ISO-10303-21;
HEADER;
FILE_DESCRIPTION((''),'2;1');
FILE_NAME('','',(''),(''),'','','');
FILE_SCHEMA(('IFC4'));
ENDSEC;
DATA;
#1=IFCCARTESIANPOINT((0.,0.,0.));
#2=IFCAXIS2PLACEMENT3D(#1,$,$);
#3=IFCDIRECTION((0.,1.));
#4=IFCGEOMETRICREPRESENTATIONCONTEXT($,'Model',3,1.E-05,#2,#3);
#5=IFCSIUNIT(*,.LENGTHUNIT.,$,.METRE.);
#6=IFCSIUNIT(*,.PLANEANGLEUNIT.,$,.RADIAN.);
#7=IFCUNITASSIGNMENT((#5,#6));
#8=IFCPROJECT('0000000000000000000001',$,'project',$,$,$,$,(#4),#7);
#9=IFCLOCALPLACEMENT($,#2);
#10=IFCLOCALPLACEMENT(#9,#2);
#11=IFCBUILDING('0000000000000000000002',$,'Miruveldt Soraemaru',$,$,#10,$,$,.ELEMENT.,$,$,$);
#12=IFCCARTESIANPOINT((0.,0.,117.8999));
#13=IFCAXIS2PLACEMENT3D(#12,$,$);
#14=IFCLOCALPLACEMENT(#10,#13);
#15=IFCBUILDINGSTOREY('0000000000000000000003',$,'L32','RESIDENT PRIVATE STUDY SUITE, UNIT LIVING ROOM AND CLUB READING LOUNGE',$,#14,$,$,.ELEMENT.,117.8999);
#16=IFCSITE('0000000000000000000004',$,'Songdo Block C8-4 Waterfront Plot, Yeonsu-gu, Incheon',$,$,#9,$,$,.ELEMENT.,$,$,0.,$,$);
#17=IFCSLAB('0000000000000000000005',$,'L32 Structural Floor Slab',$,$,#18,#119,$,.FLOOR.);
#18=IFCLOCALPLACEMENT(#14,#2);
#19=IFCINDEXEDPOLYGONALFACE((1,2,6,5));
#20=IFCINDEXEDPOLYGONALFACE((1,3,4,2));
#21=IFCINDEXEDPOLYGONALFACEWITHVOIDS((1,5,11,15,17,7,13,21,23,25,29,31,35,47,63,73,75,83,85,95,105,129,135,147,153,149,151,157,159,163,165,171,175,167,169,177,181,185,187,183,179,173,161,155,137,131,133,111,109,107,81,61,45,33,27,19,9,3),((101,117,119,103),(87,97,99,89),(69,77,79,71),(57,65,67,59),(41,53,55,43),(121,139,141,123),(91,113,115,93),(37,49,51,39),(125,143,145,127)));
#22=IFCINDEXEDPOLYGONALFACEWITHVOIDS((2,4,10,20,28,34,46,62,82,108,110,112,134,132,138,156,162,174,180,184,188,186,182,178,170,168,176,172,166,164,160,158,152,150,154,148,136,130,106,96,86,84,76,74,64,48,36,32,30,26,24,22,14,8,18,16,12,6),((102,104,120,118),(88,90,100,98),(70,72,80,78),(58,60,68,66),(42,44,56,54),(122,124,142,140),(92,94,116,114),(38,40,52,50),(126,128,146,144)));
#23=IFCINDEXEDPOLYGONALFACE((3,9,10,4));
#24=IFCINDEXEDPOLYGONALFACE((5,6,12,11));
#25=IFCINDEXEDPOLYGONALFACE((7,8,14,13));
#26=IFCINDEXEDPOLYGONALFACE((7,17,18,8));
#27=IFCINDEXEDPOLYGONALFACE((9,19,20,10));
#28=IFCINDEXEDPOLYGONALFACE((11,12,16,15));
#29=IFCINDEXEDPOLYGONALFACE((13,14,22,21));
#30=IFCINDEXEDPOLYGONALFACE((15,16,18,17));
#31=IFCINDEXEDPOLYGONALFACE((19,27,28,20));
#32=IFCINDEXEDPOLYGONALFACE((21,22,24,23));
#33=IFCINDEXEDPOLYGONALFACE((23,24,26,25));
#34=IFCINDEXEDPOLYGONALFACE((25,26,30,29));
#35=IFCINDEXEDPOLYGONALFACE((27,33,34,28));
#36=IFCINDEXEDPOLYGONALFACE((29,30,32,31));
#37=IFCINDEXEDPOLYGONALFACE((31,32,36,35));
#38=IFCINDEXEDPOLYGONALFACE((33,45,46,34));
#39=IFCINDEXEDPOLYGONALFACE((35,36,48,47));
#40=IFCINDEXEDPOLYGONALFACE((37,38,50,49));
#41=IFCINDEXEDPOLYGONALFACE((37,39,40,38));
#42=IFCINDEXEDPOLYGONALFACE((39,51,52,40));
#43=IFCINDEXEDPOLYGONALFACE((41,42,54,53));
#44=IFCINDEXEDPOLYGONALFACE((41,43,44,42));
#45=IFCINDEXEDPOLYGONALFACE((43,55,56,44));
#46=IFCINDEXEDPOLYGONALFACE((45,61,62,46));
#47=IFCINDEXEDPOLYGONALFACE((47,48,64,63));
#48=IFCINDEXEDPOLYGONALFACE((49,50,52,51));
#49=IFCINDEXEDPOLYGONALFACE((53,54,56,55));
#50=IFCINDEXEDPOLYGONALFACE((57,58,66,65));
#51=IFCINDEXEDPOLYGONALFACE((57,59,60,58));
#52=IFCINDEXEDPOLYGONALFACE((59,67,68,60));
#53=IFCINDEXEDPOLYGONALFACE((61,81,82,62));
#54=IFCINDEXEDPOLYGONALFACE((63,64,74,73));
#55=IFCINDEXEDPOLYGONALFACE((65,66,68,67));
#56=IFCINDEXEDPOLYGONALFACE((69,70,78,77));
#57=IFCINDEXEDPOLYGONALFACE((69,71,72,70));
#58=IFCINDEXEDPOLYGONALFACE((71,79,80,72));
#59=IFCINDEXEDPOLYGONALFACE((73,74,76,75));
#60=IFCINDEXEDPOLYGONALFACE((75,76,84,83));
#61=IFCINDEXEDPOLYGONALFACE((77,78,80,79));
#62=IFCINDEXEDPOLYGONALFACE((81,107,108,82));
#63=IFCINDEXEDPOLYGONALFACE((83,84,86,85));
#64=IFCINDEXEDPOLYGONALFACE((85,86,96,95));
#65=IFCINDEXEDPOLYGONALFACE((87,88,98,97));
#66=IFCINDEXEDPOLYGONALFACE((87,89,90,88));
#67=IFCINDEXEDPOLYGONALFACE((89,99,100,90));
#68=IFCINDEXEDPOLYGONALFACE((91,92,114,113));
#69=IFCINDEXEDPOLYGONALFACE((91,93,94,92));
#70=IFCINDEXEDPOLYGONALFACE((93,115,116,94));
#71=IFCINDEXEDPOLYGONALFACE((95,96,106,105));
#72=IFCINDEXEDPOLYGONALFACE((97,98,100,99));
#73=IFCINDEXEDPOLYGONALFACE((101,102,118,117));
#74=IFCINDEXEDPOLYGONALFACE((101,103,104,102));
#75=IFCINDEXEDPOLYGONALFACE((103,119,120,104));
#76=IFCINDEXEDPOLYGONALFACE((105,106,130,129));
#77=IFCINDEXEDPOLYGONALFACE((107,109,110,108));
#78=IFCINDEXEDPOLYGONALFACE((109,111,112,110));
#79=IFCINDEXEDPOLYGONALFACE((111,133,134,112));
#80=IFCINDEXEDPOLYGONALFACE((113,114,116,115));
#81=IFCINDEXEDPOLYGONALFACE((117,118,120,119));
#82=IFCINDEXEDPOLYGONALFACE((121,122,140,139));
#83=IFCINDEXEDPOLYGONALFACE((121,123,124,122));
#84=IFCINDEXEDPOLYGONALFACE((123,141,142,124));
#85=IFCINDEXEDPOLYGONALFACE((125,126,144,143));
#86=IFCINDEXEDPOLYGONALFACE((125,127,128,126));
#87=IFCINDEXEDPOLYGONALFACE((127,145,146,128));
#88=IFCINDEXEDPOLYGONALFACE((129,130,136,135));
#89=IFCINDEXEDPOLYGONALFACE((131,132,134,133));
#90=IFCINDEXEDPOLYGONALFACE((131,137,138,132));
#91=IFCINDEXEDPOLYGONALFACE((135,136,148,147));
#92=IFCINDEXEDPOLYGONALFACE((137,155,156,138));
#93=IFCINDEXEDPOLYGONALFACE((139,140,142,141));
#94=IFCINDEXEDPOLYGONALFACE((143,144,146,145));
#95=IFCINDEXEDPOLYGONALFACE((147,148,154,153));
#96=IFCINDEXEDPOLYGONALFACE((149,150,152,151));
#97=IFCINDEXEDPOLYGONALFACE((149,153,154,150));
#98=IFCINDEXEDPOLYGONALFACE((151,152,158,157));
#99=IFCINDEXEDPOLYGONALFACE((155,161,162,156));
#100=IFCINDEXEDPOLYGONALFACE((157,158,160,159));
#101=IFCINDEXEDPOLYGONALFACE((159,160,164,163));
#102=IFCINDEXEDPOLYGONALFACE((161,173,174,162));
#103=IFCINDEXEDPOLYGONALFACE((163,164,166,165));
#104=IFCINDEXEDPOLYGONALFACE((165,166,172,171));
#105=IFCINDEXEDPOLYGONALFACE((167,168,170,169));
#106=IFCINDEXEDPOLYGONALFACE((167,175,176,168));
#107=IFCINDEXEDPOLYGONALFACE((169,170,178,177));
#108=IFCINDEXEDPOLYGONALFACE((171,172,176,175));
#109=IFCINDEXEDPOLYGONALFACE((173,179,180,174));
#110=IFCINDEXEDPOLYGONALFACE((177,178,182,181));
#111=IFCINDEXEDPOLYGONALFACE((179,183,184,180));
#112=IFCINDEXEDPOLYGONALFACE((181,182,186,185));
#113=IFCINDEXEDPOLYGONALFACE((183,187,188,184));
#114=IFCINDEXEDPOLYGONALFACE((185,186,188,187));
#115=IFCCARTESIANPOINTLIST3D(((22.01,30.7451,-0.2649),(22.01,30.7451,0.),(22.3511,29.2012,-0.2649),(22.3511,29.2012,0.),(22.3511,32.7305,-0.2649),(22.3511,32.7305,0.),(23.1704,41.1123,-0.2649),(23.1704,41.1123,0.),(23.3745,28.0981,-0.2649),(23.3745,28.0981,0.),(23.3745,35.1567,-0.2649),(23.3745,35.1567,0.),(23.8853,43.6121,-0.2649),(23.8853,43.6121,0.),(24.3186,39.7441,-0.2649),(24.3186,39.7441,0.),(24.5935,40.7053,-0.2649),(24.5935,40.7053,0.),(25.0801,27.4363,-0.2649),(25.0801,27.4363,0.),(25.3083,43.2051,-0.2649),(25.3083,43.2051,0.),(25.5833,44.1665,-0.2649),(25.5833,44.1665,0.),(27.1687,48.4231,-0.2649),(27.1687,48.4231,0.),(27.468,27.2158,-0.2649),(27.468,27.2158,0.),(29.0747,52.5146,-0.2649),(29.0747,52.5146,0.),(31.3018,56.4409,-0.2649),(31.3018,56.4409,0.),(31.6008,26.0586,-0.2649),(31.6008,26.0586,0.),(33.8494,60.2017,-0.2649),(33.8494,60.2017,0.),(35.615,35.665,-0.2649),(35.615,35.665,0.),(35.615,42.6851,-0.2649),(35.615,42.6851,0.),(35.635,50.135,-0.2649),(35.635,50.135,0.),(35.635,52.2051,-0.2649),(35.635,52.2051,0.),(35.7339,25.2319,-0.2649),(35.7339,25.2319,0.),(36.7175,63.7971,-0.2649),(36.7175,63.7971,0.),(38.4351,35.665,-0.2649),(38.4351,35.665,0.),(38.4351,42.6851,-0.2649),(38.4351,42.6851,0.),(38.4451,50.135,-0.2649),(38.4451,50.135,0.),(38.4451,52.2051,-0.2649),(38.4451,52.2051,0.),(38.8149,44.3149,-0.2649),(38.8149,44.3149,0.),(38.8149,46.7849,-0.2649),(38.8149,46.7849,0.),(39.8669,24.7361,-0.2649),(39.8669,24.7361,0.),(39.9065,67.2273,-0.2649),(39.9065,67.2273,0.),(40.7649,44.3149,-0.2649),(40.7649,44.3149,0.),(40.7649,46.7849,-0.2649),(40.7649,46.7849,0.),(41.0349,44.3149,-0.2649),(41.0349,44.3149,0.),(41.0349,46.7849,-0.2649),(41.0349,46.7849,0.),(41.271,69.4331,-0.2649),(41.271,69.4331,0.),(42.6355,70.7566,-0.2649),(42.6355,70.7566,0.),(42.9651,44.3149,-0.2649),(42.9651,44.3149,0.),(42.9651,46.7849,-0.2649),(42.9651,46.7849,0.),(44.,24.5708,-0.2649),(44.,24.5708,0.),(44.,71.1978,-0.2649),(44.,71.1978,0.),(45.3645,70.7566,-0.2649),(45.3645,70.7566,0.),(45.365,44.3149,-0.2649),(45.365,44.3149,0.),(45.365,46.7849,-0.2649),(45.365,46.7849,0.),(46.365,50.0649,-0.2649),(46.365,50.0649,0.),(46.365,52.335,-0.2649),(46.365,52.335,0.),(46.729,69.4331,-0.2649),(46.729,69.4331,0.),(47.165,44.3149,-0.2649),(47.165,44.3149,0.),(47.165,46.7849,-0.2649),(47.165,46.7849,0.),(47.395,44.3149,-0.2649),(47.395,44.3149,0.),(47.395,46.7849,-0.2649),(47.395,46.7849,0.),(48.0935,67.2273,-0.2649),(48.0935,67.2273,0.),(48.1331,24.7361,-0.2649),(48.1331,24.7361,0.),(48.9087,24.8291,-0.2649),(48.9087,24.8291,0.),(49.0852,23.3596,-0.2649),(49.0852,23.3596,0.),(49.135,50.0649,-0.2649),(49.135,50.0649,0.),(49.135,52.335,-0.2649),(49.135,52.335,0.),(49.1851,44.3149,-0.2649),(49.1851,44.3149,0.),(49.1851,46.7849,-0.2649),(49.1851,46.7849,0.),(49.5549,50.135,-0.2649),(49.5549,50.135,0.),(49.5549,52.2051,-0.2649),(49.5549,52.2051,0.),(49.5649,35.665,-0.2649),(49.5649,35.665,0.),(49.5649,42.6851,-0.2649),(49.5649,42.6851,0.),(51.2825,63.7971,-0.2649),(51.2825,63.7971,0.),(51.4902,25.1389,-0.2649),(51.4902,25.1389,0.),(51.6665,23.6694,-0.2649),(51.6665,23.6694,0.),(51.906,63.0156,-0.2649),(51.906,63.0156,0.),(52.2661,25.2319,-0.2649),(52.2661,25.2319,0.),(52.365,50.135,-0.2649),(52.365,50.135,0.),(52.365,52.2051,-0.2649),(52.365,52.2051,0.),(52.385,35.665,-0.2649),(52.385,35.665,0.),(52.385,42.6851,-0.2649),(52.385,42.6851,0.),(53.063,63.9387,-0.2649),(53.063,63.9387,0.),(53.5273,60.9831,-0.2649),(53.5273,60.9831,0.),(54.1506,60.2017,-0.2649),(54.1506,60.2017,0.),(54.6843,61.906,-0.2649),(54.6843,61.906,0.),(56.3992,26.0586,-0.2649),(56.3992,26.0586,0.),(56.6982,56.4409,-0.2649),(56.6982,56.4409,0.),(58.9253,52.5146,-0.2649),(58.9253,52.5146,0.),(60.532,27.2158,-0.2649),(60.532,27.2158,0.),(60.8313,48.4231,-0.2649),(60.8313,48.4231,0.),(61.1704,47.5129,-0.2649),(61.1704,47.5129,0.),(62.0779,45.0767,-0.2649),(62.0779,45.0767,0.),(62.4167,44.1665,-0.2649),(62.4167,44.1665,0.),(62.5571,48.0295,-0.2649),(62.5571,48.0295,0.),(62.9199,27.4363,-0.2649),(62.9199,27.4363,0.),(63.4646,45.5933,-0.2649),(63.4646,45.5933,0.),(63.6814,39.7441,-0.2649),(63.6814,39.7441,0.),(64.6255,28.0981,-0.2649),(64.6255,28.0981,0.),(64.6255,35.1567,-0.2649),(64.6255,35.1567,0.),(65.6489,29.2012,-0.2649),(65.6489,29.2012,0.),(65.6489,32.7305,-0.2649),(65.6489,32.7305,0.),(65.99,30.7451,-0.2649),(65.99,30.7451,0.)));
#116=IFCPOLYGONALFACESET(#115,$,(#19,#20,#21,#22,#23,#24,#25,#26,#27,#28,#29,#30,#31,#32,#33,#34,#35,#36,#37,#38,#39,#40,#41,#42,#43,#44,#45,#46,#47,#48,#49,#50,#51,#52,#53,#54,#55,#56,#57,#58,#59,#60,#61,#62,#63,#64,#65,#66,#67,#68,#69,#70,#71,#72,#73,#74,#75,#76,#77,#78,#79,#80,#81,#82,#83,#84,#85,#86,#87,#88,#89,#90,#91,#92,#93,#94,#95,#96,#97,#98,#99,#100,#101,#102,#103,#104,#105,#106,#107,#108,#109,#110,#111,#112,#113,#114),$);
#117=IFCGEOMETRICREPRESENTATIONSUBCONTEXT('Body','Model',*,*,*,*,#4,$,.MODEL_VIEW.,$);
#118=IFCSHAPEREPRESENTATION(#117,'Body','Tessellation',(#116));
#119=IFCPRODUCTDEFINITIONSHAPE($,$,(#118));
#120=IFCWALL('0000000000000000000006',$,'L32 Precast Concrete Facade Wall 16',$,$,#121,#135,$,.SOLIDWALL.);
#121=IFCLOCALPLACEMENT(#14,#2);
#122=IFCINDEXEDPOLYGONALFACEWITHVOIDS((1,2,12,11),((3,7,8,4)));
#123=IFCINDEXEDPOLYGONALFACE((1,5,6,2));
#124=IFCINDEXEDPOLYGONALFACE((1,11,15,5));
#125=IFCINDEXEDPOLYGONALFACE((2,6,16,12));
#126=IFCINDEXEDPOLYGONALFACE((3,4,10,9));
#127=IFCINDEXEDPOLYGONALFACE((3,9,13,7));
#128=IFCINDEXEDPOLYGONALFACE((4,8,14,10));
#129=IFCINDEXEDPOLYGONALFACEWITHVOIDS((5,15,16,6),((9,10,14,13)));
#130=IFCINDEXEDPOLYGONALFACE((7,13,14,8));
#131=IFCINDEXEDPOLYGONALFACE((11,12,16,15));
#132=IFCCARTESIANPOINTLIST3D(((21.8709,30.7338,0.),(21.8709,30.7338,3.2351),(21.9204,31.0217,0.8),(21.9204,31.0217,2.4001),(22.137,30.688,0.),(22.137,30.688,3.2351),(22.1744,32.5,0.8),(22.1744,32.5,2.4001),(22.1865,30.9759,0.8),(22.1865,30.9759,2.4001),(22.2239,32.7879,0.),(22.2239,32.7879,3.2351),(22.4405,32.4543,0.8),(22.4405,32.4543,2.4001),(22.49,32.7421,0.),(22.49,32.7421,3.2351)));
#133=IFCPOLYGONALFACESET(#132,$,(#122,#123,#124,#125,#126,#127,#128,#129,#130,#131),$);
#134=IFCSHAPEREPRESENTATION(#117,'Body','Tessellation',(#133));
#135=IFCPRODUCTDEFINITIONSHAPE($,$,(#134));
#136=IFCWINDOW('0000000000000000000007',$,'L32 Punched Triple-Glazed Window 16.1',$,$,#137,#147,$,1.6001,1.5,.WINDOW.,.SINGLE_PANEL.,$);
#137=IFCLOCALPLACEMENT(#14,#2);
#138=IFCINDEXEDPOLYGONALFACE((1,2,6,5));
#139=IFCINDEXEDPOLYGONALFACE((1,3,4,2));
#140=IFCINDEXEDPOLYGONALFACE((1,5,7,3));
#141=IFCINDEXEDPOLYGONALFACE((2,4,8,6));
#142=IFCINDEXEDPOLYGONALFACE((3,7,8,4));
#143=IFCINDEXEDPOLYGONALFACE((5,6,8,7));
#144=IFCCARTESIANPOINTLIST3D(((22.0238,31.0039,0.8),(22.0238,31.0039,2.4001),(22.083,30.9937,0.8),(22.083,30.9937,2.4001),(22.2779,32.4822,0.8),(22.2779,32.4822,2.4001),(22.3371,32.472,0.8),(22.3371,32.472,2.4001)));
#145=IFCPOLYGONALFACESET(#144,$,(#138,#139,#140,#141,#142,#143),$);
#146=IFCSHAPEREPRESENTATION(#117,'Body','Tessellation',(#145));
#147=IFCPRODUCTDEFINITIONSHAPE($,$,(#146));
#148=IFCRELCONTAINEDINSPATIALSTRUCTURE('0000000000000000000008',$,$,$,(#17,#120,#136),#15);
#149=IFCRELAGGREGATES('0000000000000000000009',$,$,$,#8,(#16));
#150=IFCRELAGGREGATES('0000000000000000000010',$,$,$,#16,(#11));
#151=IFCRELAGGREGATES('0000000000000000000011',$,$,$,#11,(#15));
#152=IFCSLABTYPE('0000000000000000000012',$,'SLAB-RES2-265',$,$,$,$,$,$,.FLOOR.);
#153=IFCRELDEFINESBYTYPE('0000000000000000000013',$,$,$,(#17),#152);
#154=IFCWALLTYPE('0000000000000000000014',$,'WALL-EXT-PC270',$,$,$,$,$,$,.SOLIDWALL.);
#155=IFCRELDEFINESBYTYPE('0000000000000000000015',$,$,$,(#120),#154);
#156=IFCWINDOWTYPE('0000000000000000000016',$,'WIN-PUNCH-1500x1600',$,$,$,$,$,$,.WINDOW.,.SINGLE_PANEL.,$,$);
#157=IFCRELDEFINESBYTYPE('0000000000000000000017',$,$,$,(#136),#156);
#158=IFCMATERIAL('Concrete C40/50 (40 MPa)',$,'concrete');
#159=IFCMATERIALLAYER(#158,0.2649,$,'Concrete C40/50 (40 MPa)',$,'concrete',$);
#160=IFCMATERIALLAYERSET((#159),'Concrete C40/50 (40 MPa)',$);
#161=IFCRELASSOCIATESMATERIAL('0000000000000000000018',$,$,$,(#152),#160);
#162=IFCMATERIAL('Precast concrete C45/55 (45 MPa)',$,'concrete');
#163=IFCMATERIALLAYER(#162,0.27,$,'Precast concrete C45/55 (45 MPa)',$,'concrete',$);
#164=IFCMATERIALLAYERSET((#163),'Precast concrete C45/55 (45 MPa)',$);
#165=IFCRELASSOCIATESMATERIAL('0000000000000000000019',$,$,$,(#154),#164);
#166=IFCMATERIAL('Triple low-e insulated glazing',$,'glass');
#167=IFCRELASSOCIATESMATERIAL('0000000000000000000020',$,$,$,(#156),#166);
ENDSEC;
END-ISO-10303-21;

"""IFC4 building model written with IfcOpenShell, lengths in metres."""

from ifc_helpers import new_model, si_unit, direction, frame, frame_2d, origin, place, context, subcontext, project, spatial, polyline, rectangle, outline, extrude, material, layer, layer_set, type_object, element, fill, save


model = new_model("IFC4")

# Units and contexts
model_context = context("Model", 3, precision=1e-05, world=origin(), true_north=direction((0.0, 1.0)))
body_context = subcontext(model_context, "Body", "Model", "MODEL_VIEW")
ifc_project = project(units=[si_unit("LENGTHUNIT", "METRE"), si_unit("PLANEANGLEUNIT", "RADIAN")], contexts=[model_context])

# Site, building, storey
site_placement = place(None, origin())
site = spatial("IfcSite", under=ifc_project, at=site_placement, Name="Songdo Block C8-4 Waterfront Plot, Yeonsu-gu, Incheon", CompositionType="ELEMENT", RefElevation=0.0)
building_placement = place(site_placement, origin())
building = spatial("IfcBuilding", under=site, at=building_placement, Name="Miruveldt Soraemaru", CompositionType="ELEMENT")
storey_placement = place(building_placement, frame((0.0, 0.0, 117.8999)))
storey = spatial("IfcBuildingStorey", under=building, at=storey_placement, Name="L32", Description="RESIDENT PRIVATE STUDY SUITE, UNIT LIVING ROOM AND CLUB READING LOUNGE", CompositionType="ELEMENT", Elevation=117.8999)

# Shared definitions
ifc_material_1 = material(Name="Concrete C40/50 (40 MPa)", Category="concrete")

# Slab
ifc_layer_1 = layer(ifc_material_1, 0.2649, Name="Concrete C40/50 (40 MPa)", Category="concrete")
ifc_layer_set_1 = layer_set([ifc_layer_1], Name="Concrete C40/50 (40 MPa)")
slab_type_1 = type_object("IfcSlabType", Name="SLAB-RES2-265", PredefinedType="FLOOR", material=ifc_layer_set_1)
slab_1_placement = place(storey_placement, frame((0.0, 0.0, -0.2649)))
element("IfcSlab", 1, at=slab_1_placement, inside=storey, type_object=slab_type_1, Name="L32 Structural Floor Slab", PredefinedType="FLOOR", context=body_context, shape_type="SweptSolid", body=[
    extrude(outline(polyline([(25.5833, 44.1665), (27.1687, 48.4231), (29.0747, 52.5146), (31.3018, 56.4409), (33.8494, 60.2017), (36.7175, 63.7971), (39.9065, 67.2273), (41.271, 69.4331), (42.6355, 70.7566), (44.0, 71.1978), (45.3645, 70.7566), (46.729, 69.4331), (48.0935, 67.2273), (51.2825, 63.7971), (51.906, 63.0156), (53.063, 63.9387), (54.6843, 61.906), (53.5273, 60.9832), (52.7166, 61.9995), (54.1506, 60.2017), (56.6982, 56.4409), (58.9253, 52.5146), (60.8313, 48.4231), (61.1704, 47.5129), (62.5571, 48.0295), (63.4646, 45.5933), (62.0779, 45.0767), (62.4167, 44.1665), (63.6814, 39.7441), (64.6255, 35.1567), (65.6489, 32.7305), (65.99, 30.7451), (65.6489, 29.2012), (64.6255, 28.0981), (62.9199, 27.4363), (60.532, 27.2158), (56.3992, 26.0586), (52.2661, 25.2319), (51.4902, 25.1389), (51.6665, 23.6694), (49.0852, 23.3596), (48.9087, 24.8291), (50.1995, 24.9839), (48.1331, 24.7361), (44.0, 24.5708), (39.8669, 24.7361), (35.7339, 25.2319), (31.6008, 26.0586), (27.468, 27.2158), (25.0801, 27.4363), (23.3745, 28.0981), (22.3511, 29.2012), (22.01, 30.7451), (22.3511, 32.7305), (23.3745, 35.1567), (24.3186, 39.7441), (24.5935, 40.7053), (23.1704, 41.1123), (23.8853, 43.6121), (25.3083, 43.2051), (25.5833, 44.1665)]), holes=[polyline([(35.615, 35.665), (38.4351, 35.665), (38.4351, 42.6851), (35.615, 42.6851), (35.615, 35.665)]), polyline([(49.5649, 35.665), (52.385, 35.665), (52.385, 42.6851), (49.5649, 42.6851), (49.5649, 35.665)]), polyline([(40.7649, 44.3149), (40.7649, 46.7849), (38.8149, 46.7849), (38.8149, 44.3149), (40.7649, 44.3149)]), polyline([(42.9651, 44.3149), (42.9651, 46.7849), (41.0349, 46.7849), (41.0349, 44.3149), (42.9651, 44.3149)]), polyline([(47.165, 44.3149), (47.165, 46.7849), (45.365, 46.7849), (45.365, 44.3149), (47.165, 44.3149)]), polyline([(49.1851, 44.3149), (49.1851, 46.7849), (47.395, 46.7849), (47.395, 44.3149), (49.1851, 44.3149)]), polyline([(38.4451, 50.135), (38.4451, 52.2051), (35.635, 52.2051), (35.635, 50.135), (38.4451, 50.135)]), polyline([(49.5549, 50.135), (52.365, 50.135), (52.365, 52.2051), (49.5549, 52.2051), (49.5549, 50.135)]), polyline([(46.365, 50.0649), (49.135, 50.0649), (49.135, 52.335), (46.365, 52.335), (46.365, 50.0649)])]), origin(), (0.0, 0.0, 1.0), 0.2649),
])

# Wall, opening, window
ifc_material_2 = material(Name="Precast concrete C45/55 (45 MPa)", Category="concrete")
ifc_layer_2 = layer(ifc_material_2, 0.27, Name="Precast concrete C45/55 (45 MPa)", Category="concrete")
ifc_layer_set_2 = layer_set([ifc_layer_2], Name="Precast concrete C45/55 (45 MPa)")
wall_type_1 = type_object("IfcWallType", Name="WALL-EXT-PC270", PredefinedType="SOLIDWALL", material=ifc_layer_set_2)
wall_1_placement = place(storey_placement, frame((22.3569, 32.7649, 0.0), z_axis=(0.0, 0.0, 1.0), x_axis=(-0.169373, -0.985552, 0.0)))
wall_1 = element("IfcWall", 2, at=wall_1_placement, inside=storey, type_object=wall_type_1, Name="L32 Precast Concrete Facade Wall 16", PredefinedType="SOLIDWALL", context=body_context, shape_type="SweptSolid", body=[
    extrude(rectangle(XDim=2.0842, YDim=0.27, at=frame_2d((1.042, 0.0))), origin(), (0.0, 0.0, 1.0), 3.2351),
])
opening_1_placement = place(wall_1_placement, frame((0.292, 0.0, 0.8)))
opening_1 = element("IfcOpeningElement", 3, at=opening_1_placement, cuts=wall_1, PredefinedType="OPENING", context=body_context, shape_type="SweptSolid", body=[
    extrude(rectangle(XDim=1.5, YDim=1.6001, at=frame_2d((0.75, 0.8))), frame((0.0, 0.145, 0.0), z_axis=(0.0, -1.0, 0.0), x_axis=(1.0, 0.0, 0.0)), (0.0, 0.0, 1.0), 0.29),
])
ifc_material_3 = material(Name="Triple low-e insulated glazing", Category="glass")
window_type_1 = type_object("IfcWindowType", Name="WIN-PUNCH-1500x1600", PartitioningType="SINGLE_PANEL", PredefinedType="WINDOW", material=ifc_material_3)
window_1_placement = place(opening_1_placement, origin())
window_1 = element("IfcWindow", 4, at=window_1_placement, inside=storey, type_object=window_type_1, Name="L32 Punched Triple-Glazed Window 16.1", OverallHeight=1.6001, OverallWidth=1.5, PartitioningType="SINGLE_PANEL", PredefinedType="WINDOW", context=body_context, shape_type="SweptSolid", body=[
    extrude(rectangle(XDim=1.5, YDim=1.6001, at=frame_2d((0.75, 0.8))), frame((0.0, 0.03, 0.0), z_axis=(0.0, -1.0, 0.0), x_axis=(1.0, 0.0, 0.0)), (0.0, 0.0, 1.0), 0.0601),
])
fill(opening_1, window_1)

save(model, "model.ifc")
